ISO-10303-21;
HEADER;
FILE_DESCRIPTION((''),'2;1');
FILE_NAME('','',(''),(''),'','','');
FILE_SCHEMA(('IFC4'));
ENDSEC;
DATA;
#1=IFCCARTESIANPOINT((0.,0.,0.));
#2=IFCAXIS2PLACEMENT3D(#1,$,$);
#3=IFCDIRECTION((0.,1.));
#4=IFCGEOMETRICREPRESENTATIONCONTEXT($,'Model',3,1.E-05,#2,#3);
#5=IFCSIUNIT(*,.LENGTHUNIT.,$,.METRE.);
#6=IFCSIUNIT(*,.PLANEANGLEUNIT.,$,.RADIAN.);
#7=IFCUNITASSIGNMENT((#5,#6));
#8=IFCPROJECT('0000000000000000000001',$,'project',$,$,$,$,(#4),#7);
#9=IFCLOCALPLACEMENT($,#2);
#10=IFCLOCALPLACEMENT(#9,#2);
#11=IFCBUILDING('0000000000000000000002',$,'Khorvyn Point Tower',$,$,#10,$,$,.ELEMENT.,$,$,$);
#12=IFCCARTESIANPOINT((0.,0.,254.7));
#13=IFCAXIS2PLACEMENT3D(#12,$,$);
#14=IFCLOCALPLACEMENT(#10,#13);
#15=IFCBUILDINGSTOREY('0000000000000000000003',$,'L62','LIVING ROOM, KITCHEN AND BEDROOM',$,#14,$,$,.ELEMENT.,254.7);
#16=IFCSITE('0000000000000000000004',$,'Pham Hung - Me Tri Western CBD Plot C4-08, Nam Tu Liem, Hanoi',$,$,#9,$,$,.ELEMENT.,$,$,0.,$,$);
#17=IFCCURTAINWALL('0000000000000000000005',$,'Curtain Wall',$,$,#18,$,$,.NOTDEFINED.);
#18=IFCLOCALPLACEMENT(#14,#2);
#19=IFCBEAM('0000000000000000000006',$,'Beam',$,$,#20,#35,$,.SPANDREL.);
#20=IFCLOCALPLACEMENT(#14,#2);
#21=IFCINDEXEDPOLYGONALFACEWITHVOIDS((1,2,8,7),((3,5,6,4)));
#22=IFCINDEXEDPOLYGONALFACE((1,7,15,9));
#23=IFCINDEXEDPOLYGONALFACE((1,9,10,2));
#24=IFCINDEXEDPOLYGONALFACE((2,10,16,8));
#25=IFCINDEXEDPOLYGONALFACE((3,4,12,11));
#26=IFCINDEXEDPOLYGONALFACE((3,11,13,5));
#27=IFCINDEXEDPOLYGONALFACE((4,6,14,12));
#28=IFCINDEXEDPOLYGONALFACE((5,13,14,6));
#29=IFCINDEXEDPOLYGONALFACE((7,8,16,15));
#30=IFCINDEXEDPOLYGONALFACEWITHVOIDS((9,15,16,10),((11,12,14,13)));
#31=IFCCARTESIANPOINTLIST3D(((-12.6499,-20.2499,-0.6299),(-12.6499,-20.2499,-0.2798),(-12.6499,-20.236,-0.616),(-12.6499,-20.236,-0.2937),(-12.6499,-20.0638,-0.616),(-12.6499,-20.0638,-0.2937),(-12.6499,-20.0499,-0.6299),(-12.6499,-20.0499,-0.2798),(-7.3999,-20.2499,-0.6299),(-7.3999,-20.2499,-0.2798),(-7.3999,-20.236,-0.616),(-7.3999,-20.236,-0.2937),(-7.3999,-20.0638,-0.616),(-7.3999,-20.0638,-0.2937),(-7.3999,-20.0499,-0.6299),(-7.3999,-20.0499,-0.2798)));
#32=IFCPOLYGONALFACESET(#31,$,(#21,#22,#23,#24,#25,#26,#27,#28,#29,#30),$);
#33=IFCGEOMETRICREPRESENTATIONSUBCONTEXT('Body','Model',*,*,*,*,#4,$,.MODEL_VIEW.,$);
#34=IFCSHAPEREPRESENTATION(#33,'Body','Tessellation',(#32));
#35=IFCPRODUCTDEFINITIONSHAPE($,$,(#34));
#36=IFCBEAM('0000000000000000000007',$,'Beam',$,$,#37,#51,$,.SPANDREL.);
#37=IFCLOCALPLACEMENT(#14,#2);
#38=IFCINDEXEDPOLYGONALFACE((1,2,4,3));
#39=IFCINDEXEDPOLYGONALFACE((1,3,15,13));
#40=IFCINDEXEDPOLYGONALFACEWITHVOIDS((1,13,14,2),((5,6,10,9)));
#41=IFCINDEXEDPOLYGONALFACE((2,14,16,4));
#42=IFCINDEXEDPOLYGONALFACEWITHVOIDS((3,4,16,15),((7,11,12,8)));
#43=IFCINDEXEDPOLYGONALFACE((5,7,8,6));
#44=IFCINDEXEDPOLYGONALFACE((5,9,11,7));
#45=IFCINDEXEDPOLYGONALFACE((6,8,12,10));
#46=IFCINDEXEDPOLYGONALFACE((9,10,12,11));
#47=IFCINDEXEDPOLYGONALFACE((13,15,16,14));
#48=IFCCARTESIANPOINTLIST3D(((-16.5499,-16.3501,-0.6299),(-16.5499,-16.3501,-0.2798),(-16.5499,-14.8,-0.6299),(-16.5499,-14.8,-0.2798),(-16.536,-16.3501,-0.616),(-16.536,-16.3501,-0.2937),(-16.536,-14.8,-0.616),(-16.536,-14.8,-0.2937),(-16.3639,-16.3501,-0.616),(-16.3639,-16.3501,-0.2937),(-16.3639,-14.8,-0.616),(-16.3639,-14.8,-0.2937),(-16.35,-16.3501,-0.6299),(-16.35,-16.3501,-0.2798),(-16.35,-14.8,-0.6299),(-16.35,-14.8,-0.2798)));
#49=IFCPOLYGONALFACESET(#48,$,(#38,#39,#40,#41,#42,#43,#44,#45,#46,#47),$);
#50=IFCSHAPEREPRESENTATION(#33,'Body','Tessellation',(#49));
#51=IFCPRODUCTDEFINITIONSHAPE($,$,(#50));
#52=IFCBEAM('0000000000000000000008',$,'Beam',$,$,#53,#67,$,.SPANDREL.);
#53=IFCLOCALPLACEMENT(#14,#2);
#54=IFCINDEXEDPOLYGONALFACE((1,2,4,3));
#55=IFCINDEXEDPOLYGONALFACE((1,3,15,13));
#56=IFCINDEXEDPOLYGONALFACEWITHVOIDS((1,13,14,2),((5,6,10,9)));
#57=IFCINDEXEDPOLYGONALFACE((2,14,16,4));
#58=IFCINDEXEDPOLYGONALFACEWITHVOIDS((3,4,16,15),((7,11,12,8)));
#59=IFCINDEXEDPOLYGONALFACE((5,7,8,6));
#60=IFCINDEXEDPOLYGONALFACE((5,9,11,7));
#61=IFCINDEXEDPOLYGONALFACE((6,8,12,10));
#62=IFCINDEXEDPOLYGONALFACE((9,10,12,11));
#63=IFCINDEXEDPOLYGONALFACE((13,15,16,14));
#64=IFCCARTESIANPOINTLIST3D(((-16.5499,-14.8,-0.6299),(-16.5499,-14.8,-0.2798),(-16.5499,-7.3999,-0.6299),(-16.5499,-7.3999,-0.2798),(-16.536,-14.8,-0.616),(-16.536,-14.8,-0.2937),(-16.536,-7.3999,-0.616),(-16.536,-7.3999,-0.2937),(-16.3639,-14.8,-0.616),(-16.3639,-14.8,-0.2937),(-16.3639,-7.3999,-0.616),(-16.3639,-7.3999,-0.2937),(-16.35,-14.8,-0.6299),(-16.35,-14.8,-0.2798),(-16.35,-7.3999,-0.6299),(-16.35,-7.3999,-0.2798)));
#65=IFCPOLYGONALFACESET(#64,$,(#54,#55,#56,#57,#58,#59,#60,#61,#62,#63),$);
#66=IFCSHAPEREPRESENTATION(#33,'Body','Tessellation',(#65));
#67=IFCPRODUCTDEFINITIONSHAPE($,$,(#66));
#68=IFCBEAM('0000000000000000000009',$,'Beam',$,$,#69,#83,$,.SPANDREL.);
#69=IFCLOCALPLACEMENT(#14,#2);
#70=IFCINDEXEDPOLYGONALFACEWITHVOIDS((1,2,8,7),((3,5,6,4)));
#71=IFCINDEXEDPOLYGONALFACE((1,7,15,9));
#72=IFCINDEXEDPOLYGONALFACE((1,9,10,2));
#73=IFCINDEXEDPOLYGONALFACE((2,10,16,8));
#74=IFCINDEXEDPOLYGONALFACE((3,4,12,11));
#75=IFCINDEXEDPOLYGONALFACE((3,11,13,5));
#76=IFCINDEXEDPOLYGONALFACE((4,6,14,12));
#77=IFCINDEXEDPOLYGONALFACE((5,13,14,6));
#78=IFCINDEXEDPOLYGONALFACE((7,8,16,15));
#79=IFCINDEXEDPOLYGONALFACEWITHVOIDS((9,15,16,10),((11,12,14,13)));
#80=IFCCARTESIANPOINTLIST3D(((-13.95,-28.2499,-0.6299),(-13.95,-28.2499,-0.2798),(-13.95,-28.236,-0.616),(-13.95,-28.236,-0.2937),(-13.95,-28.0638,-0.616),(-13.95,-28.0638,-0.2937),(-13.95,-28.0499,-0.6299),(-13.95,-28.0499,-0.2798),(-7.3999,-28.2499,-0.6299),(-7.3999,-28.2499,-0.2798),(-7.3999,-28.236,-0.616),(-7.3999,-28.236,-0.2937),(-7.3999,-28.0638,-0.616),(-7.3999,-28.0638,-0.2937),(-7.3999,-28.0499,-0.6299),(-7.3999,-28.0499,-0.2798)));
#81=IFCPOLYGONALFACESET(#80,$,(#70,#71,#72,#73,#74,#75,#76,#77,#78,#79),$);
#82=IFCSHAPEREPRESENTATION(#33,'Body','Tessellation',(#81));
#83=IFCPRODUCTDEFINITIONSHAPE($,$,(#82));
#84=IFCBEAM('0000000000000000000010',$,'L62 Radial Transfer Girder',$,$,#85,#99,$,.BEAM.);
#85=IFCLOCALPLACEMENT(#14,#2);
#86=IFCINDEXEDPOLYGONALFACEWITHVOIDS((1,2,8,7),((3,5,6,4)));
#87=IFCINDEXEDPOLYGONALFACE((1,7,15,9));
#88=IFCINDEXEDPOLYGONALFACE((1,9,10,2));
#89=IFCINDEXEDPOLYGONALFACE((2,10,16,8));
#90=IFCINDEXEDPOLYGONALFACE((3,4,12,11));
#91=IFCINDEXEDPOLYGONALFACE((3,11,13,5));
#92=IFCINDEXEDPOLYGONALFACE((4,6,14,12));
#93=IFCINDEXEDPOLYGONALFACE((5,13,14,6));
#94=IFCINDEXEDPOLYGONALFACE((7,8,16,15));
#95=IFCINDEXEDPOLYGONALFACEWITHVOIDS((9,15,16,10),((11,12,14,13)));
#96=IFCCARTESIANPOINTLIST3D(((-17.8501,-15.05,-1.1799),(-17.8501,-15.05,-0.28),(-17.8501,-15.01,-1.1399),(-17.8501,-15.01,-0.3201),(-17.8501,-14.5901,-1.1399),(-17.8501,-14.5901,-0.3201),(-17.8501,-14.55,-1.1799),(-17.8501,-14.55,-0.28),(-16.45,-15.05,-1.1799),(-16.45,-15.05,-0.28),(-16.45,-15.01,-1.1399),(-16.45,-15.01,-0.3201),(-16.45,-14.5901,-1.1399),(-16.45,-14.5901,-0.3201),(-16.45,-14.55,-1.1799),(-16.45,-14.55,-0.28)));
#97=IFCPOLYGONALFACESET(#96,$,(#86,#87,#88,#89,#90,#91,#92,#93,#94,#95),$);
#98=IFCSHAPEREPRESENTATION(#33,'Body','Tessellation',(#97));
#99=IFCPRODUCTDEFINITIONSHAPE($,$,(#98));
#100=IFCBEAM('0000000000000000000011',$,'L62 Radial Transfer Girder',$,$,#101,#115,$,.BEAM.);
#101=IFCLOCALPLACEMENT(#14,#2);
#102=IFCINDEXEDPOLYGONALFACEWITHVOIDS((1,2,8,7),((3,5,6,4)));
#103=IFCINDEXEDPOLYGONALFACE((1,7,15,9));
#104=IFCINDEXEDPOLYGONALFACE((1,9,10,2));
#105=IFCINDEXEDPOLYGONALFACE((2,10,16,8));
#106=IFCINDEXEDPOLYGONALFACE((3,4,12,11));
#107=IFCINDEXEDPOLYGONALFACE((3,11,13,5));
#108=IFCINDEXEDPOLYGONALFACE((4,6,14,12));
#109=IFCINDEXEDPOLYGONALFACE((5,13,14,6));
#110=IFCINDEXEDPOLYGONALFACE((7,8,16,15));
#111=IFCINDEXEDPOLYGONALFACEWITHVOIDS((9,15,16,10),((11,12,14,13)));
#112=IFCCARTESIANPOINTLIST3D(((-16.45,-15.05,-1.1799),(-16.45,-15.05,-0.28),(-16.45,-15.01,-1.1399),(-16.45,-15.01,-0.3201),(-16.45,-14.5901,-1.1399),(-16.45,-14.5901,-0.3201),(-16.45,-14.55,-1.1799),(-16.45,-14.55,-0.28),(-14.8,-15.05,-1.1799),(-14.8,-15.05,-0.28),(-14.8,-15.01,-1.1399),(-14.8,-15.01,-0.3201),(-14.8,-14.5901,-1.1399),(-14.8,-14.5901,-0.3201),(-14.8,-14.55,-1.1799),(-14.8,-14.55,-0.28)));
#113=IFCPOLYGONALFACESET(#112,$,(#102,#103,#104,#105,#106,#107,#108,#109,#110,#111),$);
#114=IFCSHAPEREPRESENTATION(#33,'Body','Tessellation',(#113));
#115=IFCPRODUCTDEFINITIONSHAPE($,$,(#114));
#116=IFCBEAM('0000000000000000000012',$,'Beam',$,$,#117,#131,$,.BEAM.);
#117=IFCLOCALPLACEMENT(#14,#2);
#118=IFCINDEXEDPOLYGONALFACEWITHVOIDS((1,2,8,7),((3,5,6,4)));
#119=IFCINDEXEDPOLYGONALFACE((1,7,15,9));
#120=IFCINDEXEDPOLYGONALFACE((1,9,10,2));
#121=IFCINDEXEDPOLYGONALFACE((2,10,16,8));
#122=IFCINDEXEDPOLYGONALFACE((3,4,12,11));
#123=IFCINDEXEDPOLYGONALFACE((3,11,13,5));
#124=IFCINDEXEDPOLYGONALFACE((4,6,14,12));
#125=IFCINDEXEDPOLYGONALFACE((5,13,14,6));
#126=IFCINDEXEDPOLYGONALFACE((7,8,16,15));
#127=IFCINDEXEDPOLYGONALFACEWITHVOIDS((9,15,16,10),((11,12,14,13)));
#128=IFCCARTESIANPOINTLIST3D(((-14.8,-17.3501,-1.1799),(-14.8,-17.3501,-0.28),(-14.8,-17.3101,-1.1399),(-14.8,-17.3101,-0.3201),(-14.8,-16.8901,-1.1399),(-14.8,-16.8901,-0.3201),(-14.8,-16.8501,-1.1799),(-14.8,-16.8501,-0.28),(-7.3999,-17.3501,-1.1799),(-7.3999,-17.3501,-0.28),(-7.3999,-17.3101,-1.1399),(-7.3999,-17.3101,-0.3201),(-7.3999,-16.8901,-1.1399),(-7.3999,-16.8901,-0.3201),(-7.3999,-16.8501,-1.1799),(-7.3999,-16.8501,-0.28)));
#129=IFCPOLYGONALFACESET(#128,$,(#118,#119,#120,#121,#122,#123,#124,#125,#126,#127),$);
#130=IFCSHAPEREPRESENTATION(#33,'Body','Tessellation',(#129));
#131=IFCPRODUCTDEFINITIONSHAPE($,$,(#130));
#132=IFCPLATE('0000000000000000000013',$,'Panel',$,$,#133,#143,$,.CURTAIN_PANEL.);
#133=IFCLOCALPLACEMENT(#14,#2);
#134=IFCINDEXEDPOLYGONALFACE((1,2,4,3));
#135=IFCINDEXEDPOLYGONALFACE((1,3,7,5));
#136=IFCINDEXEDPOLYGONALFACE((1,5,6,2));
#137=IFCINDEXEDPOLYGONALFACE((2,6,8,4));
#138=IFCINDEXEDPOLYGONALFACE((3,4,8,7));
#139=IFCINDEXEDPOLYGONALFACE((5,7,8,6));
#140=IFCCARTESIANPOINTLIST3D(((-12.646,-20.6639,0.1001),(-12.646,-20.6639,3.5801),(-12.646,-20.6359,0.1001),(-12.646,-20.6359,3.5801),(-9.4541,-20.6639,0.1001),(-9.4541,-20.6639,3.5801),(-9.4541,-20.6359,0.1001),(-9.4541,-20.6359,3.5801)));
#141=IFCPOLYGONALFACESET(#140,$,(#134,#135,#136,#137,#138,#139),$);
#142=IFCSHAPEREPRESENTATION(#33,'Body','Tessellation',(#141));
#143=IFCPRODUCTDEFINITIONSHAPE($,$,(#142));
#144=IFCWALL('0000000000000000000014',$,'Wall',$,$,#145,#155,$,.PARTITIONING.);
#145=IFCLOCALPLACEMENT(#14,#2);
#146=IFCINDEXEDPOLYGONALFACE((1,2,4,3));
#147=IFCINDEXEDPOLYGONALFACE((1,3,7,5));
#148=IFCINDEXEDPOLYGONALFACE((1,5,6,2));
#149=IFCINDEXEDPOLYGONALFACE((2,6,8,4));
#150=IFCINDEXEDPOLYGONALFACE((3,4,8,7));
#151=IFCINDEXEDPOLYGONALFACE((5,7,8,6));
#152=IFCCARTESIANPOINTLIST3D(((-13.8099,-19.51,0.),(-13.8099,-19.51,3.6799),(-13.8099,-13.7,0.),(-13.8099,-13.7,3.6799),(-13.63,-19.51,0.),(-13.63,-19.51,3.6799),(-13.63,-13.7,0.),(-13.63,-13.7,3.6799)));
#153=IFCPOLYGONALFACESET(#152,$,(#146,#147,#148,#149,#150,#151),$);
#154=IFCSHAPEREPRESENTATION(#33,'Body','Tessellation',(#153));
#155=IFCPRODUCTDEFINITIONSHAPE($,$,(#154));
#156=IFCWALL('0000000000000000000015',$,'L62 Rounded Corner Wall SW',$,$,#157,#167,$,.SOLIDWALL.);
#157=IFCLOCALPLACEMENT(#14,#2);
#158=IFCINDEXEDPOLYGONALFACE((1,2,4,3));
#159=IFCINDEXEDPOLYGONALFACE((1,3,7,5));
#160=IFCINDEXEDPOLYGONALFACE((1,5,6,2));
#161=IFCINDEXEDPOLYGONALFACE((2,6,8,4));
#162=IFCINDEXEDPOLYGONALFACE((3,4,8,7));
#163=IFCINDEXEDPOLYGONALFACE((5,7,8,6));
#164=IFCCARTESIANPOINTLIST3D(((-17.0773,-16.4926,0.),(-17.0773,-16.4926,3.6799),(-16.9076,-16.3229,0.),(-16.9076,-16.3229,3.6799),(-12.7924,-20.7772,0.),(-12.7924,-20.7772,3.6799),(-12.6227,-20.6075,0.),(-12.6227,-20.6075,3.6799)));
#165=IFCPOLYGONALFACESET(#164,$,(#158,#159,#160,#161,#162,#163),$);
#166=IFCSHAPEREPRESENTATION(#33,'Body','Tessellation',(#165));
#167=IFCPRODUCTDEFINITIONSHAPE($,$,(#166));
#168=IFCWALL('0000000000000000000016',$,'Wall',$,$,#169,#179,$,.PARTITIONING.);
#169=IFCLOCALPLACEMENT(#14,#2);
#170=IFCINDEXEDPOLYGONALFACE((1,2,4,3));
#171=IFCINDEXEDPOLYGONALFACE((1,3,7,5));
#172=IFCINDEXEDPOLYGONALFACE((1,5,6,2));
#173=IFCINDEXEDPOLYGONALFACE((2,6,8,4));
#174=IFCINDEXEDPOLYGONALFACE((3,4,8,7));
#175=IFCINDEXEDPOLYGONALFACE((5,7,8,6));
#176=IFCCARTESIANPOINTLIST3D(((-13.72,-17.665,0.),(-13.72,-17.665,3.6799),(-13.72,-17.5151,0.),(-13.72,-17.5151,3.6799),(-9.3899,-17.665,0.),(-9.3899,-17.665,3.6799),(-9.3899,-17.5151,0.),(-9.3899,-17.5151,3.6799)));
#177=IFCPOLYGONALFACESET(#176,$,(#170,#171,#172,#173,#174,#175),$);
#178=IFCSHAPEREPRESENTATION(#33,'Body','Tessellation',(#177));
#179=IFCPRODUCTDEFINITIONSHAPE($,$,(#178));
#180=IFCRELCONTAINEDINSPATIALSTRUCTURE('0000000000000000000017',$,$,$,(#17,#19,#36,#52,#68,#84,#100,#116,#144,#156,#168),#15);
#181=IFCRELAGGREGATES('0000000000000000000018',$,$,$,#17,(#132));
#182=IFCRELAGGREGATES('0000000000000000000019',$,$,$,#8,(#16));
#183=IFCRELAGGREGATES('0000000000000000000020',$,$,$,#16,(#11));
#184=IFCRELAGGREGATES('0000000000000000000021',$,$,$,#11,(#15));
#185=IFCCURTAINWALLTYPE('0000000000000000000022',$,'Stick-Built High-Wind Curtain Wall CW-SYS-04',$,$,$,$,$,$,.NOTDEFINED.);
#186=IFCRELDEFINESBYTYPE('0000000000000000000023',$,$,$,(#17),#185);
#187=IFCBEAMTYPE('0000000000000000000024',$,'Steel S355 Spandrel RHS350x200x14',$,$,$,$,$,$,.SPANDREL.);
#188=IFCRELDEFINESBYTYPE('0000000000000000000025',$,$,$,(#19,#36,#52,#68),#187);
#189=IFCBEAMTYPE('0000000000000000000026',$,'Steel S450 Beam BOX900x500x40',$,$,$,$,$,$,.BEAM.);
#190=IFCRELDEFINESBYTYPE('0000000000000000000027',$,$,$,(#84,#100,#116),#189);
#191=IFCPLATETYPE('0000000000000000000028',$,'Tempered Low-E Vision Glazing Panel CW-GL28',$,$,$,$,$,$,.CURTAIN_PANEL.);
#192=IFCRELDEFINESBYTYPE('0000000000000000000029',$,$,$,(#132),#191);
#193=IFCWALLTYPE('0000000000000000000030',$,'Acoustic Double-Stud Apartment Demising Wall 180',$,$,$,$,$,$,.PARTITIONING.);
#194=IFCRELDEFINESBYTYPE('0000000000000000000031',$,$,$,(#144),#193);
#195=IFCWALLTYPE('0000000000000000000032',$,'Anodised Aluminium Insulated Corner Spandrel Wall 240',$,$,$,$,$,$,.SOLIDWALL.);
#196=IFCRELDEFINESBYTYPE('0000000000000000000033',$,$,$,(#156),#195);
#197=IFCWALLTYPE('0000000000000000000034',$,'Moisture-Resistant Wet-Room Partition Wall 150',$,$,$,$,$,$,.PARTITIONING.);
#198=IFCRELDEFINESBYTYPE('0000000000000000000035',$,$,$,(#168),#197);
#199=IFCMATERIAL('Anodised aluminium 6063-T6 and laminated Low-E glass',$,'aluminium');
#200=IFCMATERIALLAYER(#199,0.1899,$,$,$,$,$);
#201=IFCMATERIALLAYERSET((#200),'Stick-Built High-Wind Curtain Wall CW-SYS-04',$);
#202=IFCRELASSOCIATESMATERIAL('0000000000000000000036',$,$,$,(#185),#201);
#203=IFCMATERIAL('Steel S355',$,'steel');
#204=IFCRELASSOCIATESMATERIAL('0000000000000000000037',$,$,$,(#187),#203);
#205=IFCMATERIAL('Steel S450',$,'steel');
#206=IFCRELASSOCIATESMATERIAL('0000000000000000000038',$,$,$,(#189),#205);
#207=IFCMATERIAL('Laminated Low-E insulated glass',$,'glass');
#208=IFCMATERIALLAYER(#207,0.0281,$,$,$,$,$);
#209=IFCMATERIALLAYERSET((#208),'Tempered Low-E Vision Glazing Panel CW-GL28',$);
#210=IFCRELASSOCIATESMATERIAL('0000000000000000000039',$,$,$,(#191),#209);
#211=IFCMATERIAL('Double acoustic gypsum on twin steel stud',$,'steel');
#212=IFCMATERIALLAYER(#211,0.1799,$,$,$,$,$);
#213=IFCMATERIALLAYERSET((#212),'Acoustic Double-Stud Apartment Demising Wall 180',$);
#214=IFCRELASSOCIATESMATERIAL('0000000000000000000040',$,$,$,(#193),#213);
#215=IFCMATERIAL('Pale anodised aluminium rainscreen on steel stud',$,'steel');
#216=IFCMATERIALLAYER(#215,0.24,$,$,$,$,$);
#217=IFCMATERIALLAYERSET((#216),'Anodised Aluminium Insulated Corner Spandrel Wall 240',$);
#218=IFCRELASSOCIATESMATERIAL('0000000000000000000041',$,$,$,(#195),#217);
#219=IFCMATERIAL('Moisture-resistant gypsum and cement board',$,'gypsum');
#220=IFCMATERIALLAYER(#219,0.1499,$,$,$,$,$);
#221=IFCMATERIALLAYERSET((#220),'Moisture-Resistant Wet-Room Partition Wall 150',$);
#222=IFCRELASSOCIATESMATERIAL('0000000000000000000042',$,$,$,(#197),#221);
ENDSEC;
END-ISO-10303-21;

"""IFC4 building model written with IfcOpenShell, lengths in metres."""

from ifc_helpers import new_model, si_unit, direction, frame, frame_2d, origin, origin_2d, place, context, subcontext, project, spatial, rectangle, hollow_rectangle, extrude, material, layer, layer_set, material_profile, profile_set, type_object, element, aggregate, save


model = new_model("IFC4")

# Units and contexts
model_context = context("Model", 3, precision=1e-05, world=origin(), true_north=direction((0.0, 1.0)))
body_context = subcontext(model_context, "Body", "Model", "MODEL_VIEW")
ifc_project = project(units=[si_unit("LENGTHUNIT", "METRE"), si_unit("PLANEANGLEUNIT", "RADIAN")], contexts=[model_context])

# Site, building, storey
site_placement = place(None, origin())
site = spatial("IfcSite", under=ifc_project, at=site_placement, Name="Pham Hung - Me Tri Western CBD Plot C4-08, Nam Tu Liem, Hanoi", CompositionType="ELEMENT", RefElevation=0.0)
building_placement = place(site_placement, origin())
building = spatial("IfcBuilding", under=site, at=building_placement, Name="Khorvyn Point Tower", CompositionType="ELEMENT")
storey_placement = place(building_placement, frame((0.0, 0.0, 254.7)))
storey = spatial("IfcBuildingStorey", under=building, at=storey_placement, Name="L62", Description="LIVING ROOM, KITCHEN AND BEDROOM", CompositionType="ELEMENT", Elevation=254.7)

# Shared definitions
ifc_material_1 = material(Name="Steel S355", Category="steel")
ifc_material_2 = material(Name="Steel S450", Category="steel")

# Curtain wall
ifc_material_3 = material(Name="Anodised aluminium 6063-T6 and laminated Low-E glass", Category="aluminium")
ifc_layer_1 = layer(ifc_material_3, 0.1899)
ifc_layer_set_1 = layer_set([ifc_layer_1], Name="Stick-Built High-Wind Curtain Wall CW-SYS-04")
curtain_wall_type = type_object("IfcCurtainWallType", Name="Stick-Built High-Wind Curtain Wall CW-SYS-04", PredefinedType="NOTDEFINED", material=ifc_layer_set_1)
curtain_wall_1_placement = place(storey_placement, origin())
curtain_wall_1 = element("IfcCurtainWall", 1, at=curtain_wall_1_placement, inside=storey, type_object=curtain_wall_type, Name="Curtain Wall", PredefinedType="NOTDEFINED")

# Beams
ifc_material_profile_1 = material_profile(ifc_material_1, hollow_rectangle(XDim=0.2, YDim=0.3501, WallThickness=0.0139, at=origin_2d()))
ifc_profile_set_1 = profile_set([ifc_material_profile_1], Name="Steel S355 RHS350x200x14")
beam_type_1 = type_object("IfcBeamType", Name="Steel S355 Spandrel RHS350x200x14", PredefinedType="SPANDREL", material=ifc_profile_set_1)
beam_1_placement = place(storey_placement, frame((-12.6499, -20.1499, -0.4548), z_axis=(1.0, 0.0, 0.0), x_axis=(0.0, 1.0, 0.0)))
element("IfcBeam", 2, at=beam_1_placement, inside=storey, type_object=beam_type_1, Name="Beam", PredefinedType="SPANDREL", context=body_context, shape_type="SweptSolid", body=[
    extrude(hollow_rectangle(XDim=0.2, YDim=0.3501, WallThickness=0.0139, at=origin_2d()), origin(), (0.0, 0.0, 1.0), 5.25),
])
beam_2_placement = place(storey_placement, frame((-16.45, -16.3501, -0.4548), z_axis=(0.0, 1.0, 0.0), x_axis=(-1.0, 0.0, 0.0)))
element("IfcBeam", 3, at=beam_2_placement, inside=storey, type_object=beam_type_1, Name="Beam", PredefinedType="SPANDREL", context=body_context, shape_type="SweptSolid", body=[
    extrude(hollow_rectangle(XDim=0.2, YDim=0.3501, WallThickness=0.0139, at=origin_2d()), origin(), (0.0, 0.0, 1.0), 1.55),
])
beam_3_placement = place(storey_placement, frame((-16.45, -14.8, -0.4548), z_axis=(0.0, 1.0, 0.0), x_axis=(-1.0, 0.0, 0.0)))
element("IfcBeam", 4, at=beam_3_placement, inside=storey, type_object=beam_type_1, Name="Beam", PredefinedType="SPANDREL", context=body_context, shape_type="SweptSolid", body=[
    extrude(hollow_rectangle(XDim=0.2, YDim=0.3501, WallThickness=0.0139, at=origin_2d()), origin(), (0.0, 0.0, 1.0), 7.4001),
])
beam_4_placement = place(storey_placement, frame((-13.95, -28.1499, -0.4548), z_axis=(1.0, 0.0, 0.0), x_axis=(0.0, 1.0, 0.0)))
element("IfcBeam", 5, at=beam_4_placement, inside=storey, type_object=beam_type_1, Name="Beam", PredefinedType="SPANDREL", context=body_context, shape_type="SweptSolid", body=[
    extrude(hollow_rectangle(XDim=0.2, YDim=0.3501, WallThickness=0.0139, at=origin_2d()), origin(), (0.0, 0.0, 1.0), 6.55),
])
ifc_material_profile_2 = material_profile(ifc_material_2, hollow_rectangle(XDim=0.5, YDim=0.8999, WallThickness=0.04, at=origin_2d()))
ifc_profile_set_2 = profile_set([ifc_material_profile_2], Name="Steel S450 BOX900x500x40")
beam_type_2 = type_object("IfcBeamType", Name="Steel S450 Beam BOX900x500x40", PredefinedType="BEAM", material=ifc_profile_set_2)
beam_5_placement = place(storey_placement, frame((-17.8501, -14.8, -0.73), z_axis=(1.0, 0.0, 0.0), x_axis=(0.0, 1.0, 0.0)))
element("IfcBeam", 6, at=beam_5_placement, inside=storey, type_object=beam_type_2, Name="L62 Radial Transfer Girder", PredefinedType="BEAM", context=body_context, shape_type="SweptSolid", body=[
    extrude(hollow_rectangle(XDim=0.5, YDim=0.8999, WallThickness=0.04, at=origin_2d()), origin(), (0.0, 0.0, 1.0), 1.4001),
])
beam_6_placement = place(storey_placement, frame((-16.45, -14.8, -0.73), z_axis=(1.0, 0.0, 0.0), x_axis=(0.0, 1.0, 0.0)))
element("IfcBeam", 7, at=beam_6_placement, inside=storey, type_object=beam_type_2, Name="L62 Radial Transfer Girder", PredefinedType="BEAM", context=body_context, shape_type="SweptSolid", body=[
    extrude(hollow_rectangle(XDim=0.5, YDim=0.8999, WallThickness=0.04, at=origin_2d()), origin(), (0.0, 0.0, 1.0), 1.6499),
])
beam_7_placement = place(storey_placement, frame((-14.8, -17.1001, -0.73), z_axis=(1.0, 0.0, 0.0), x_axis=(0.0, 1.0, 0.0)))
element("IfcBeam", 8, at=beam_7_placement, inside=storey, type_object=beam_type_2, Name="Beam", PredefinedType="BEAM", context=body_context, shape_type="SweptSolid", body=[
    extrude(hollow_rectangle(XDim=0.5, YDim=0.8999, WallThickness=0.04, at=origin_2d()), origin(), (0.0, 0.0, 1.0), 7.4001),
])

# Plate
ifc_material_4 = material(Name="Laminated Low-E insulated glass", Category="glass")
ifc_layer_2 = layer(ifc_material_4, 0.0281)
ifc_layer_set_2 = layer_set([ifc_layer_2], Name="Tempered Low-E Vision Glazing Panel CW-GL28")
plate_type = type_object("IfcPlateType", Name="Tempered Low-E Vision Glazing Panel CW-GL28", PredefinedType="CURTAIN_PANEL", material=ifc_layer_set_2)
plate_placement = place(storey_placement, frame((-11.05, -20.6499, 0.1001), z_axis=(0.0, 0.0, 1.0), x_axis=(-1.0, 0.0, 0.0)))
plate = element("IfcPlate", 9, at=plate_placement, type_object=plate_type, Name="Panel", PredefinedType="CURTAIN_PANEL", context=body_context, shape_type="SweptSolid", body=[
    extrude(rectangle(XDim=3.1919, YDim=0.0281, at=origin_2d()), origin(), (0.0, 0.0, 1.0), 3.48),
])
aggregate(curtain_wall_1, [plate])

# Walls
ifc_material_5 = material(Name="Double acoustic gypsum on twin steel stud", Category="steel")
ifc_layer_3 = layer(ifc_material_5, 0.1799)
ifc_layer_set_3 = layer_set([ifc_layer_3], Name="Acoustic Double-Stud Apartment Demising Wall 180")
wall_type_1 = type_object("IfcWallType", Name="Acoustic Double-Stud Apartment Demising Wall 180", PredefinedType="PARTITIONING", material=ifc_layer_set_3)
wall_1_placement = place(storey_placement, frame((-13.72, -19.51, 0.0), z_axis=(0.0, 0.0, 1.0), x_axis=(0.0, 1.0, 0.0)))
element("IfcWall", 10, at=wall_1_placement, inside=storey, type_object=wall_type_1, Name="Wall", PredefinedType="PARTITIONING", context=body_context, shape_type="SweptSolid", body=[
    extrude(rectangle(XDim=5.8101, YDim=0.1799, at=frame_2d((2.905, 0.0))), origin(), (0.0, 0.0, 1.0), 3.6799),
])
ifc_material_6 = material(Name="Pale anodised aluminium rainscreen on steel stud", Category="steel")
ifc_layer_4 = layer(ifc_material_6, 0.24)
ifc_layer_set_4 = layer_set([ifc_layer_4], Name="Anodised Aluminium Insulated Corner Spandrel Wall 240")
wall_type_2 = type_object("IfcWallType", Name="Anodised Aluminium Insulated Corner Spandrel Wall 240", PredefinedType="SOLIDWALL", material=ifc_layer_set_4)
wall_2_placement = place(storey_placement, frame((-12.7075, -20.6924, 0.0), z_axis=(0.0, 0.0, 1.0), x_axis=(-0.707127, 0.707087, 0.0)))
element("IfcWall", 11, at=wall_2_placement, inside=storey, type_object=wall_type_2, Name="L62 Rounded Corner Wall SW", PredefinedType="SOLIDWALL", context=body_context, shape_type="SweptSolid", body=[
    extrude(rectangle(XDim=6.0596, YDim=0.24, at=frame_2d((3.0298, 0.0))), origin(), (0.0, 0.0, 1.0), 3.6799),
])
ifc_material_7 = material(Name="Moisture-resistant gypsum and cement board", Category="gypsum")
ifc_layer_5 = layer(ifc_material_7, 0.1499)
ifc_layer_set_5 = layer_set([ifc_layer_5], Name="Moisture-Resistant Wet-Room Partition Wall 150")
wall_type_3 = type_object("IfcWallType", Name="Moisture-Resistant Wet-Room Partition Wall 150", PredefinedType="PARTITIONING", material=ifc_layer_set_5)
wall_3_placement = place(storey_placement, frame((-13.72, -17.5901, 0.0), z_axis=(0.0, 0.0, 1.0), x_axis=(1.0, 0.0, 0.0)))
element("IfcWall", 12, at=wall_3_placement, inside=storey, type_object=wall_type_3, Name="Wall", PredefinedType="PARTITIONING", context=body_context, shape_type="SweptSolid", body=[
    extrude(rectangle(XDim=4.3301, YDim=0.1499, at=frame_2d((2.165, 0.0))), origin(), (0.0, 0.0, 1.0), 3.6799),
])

save(model, "model.ifc")
